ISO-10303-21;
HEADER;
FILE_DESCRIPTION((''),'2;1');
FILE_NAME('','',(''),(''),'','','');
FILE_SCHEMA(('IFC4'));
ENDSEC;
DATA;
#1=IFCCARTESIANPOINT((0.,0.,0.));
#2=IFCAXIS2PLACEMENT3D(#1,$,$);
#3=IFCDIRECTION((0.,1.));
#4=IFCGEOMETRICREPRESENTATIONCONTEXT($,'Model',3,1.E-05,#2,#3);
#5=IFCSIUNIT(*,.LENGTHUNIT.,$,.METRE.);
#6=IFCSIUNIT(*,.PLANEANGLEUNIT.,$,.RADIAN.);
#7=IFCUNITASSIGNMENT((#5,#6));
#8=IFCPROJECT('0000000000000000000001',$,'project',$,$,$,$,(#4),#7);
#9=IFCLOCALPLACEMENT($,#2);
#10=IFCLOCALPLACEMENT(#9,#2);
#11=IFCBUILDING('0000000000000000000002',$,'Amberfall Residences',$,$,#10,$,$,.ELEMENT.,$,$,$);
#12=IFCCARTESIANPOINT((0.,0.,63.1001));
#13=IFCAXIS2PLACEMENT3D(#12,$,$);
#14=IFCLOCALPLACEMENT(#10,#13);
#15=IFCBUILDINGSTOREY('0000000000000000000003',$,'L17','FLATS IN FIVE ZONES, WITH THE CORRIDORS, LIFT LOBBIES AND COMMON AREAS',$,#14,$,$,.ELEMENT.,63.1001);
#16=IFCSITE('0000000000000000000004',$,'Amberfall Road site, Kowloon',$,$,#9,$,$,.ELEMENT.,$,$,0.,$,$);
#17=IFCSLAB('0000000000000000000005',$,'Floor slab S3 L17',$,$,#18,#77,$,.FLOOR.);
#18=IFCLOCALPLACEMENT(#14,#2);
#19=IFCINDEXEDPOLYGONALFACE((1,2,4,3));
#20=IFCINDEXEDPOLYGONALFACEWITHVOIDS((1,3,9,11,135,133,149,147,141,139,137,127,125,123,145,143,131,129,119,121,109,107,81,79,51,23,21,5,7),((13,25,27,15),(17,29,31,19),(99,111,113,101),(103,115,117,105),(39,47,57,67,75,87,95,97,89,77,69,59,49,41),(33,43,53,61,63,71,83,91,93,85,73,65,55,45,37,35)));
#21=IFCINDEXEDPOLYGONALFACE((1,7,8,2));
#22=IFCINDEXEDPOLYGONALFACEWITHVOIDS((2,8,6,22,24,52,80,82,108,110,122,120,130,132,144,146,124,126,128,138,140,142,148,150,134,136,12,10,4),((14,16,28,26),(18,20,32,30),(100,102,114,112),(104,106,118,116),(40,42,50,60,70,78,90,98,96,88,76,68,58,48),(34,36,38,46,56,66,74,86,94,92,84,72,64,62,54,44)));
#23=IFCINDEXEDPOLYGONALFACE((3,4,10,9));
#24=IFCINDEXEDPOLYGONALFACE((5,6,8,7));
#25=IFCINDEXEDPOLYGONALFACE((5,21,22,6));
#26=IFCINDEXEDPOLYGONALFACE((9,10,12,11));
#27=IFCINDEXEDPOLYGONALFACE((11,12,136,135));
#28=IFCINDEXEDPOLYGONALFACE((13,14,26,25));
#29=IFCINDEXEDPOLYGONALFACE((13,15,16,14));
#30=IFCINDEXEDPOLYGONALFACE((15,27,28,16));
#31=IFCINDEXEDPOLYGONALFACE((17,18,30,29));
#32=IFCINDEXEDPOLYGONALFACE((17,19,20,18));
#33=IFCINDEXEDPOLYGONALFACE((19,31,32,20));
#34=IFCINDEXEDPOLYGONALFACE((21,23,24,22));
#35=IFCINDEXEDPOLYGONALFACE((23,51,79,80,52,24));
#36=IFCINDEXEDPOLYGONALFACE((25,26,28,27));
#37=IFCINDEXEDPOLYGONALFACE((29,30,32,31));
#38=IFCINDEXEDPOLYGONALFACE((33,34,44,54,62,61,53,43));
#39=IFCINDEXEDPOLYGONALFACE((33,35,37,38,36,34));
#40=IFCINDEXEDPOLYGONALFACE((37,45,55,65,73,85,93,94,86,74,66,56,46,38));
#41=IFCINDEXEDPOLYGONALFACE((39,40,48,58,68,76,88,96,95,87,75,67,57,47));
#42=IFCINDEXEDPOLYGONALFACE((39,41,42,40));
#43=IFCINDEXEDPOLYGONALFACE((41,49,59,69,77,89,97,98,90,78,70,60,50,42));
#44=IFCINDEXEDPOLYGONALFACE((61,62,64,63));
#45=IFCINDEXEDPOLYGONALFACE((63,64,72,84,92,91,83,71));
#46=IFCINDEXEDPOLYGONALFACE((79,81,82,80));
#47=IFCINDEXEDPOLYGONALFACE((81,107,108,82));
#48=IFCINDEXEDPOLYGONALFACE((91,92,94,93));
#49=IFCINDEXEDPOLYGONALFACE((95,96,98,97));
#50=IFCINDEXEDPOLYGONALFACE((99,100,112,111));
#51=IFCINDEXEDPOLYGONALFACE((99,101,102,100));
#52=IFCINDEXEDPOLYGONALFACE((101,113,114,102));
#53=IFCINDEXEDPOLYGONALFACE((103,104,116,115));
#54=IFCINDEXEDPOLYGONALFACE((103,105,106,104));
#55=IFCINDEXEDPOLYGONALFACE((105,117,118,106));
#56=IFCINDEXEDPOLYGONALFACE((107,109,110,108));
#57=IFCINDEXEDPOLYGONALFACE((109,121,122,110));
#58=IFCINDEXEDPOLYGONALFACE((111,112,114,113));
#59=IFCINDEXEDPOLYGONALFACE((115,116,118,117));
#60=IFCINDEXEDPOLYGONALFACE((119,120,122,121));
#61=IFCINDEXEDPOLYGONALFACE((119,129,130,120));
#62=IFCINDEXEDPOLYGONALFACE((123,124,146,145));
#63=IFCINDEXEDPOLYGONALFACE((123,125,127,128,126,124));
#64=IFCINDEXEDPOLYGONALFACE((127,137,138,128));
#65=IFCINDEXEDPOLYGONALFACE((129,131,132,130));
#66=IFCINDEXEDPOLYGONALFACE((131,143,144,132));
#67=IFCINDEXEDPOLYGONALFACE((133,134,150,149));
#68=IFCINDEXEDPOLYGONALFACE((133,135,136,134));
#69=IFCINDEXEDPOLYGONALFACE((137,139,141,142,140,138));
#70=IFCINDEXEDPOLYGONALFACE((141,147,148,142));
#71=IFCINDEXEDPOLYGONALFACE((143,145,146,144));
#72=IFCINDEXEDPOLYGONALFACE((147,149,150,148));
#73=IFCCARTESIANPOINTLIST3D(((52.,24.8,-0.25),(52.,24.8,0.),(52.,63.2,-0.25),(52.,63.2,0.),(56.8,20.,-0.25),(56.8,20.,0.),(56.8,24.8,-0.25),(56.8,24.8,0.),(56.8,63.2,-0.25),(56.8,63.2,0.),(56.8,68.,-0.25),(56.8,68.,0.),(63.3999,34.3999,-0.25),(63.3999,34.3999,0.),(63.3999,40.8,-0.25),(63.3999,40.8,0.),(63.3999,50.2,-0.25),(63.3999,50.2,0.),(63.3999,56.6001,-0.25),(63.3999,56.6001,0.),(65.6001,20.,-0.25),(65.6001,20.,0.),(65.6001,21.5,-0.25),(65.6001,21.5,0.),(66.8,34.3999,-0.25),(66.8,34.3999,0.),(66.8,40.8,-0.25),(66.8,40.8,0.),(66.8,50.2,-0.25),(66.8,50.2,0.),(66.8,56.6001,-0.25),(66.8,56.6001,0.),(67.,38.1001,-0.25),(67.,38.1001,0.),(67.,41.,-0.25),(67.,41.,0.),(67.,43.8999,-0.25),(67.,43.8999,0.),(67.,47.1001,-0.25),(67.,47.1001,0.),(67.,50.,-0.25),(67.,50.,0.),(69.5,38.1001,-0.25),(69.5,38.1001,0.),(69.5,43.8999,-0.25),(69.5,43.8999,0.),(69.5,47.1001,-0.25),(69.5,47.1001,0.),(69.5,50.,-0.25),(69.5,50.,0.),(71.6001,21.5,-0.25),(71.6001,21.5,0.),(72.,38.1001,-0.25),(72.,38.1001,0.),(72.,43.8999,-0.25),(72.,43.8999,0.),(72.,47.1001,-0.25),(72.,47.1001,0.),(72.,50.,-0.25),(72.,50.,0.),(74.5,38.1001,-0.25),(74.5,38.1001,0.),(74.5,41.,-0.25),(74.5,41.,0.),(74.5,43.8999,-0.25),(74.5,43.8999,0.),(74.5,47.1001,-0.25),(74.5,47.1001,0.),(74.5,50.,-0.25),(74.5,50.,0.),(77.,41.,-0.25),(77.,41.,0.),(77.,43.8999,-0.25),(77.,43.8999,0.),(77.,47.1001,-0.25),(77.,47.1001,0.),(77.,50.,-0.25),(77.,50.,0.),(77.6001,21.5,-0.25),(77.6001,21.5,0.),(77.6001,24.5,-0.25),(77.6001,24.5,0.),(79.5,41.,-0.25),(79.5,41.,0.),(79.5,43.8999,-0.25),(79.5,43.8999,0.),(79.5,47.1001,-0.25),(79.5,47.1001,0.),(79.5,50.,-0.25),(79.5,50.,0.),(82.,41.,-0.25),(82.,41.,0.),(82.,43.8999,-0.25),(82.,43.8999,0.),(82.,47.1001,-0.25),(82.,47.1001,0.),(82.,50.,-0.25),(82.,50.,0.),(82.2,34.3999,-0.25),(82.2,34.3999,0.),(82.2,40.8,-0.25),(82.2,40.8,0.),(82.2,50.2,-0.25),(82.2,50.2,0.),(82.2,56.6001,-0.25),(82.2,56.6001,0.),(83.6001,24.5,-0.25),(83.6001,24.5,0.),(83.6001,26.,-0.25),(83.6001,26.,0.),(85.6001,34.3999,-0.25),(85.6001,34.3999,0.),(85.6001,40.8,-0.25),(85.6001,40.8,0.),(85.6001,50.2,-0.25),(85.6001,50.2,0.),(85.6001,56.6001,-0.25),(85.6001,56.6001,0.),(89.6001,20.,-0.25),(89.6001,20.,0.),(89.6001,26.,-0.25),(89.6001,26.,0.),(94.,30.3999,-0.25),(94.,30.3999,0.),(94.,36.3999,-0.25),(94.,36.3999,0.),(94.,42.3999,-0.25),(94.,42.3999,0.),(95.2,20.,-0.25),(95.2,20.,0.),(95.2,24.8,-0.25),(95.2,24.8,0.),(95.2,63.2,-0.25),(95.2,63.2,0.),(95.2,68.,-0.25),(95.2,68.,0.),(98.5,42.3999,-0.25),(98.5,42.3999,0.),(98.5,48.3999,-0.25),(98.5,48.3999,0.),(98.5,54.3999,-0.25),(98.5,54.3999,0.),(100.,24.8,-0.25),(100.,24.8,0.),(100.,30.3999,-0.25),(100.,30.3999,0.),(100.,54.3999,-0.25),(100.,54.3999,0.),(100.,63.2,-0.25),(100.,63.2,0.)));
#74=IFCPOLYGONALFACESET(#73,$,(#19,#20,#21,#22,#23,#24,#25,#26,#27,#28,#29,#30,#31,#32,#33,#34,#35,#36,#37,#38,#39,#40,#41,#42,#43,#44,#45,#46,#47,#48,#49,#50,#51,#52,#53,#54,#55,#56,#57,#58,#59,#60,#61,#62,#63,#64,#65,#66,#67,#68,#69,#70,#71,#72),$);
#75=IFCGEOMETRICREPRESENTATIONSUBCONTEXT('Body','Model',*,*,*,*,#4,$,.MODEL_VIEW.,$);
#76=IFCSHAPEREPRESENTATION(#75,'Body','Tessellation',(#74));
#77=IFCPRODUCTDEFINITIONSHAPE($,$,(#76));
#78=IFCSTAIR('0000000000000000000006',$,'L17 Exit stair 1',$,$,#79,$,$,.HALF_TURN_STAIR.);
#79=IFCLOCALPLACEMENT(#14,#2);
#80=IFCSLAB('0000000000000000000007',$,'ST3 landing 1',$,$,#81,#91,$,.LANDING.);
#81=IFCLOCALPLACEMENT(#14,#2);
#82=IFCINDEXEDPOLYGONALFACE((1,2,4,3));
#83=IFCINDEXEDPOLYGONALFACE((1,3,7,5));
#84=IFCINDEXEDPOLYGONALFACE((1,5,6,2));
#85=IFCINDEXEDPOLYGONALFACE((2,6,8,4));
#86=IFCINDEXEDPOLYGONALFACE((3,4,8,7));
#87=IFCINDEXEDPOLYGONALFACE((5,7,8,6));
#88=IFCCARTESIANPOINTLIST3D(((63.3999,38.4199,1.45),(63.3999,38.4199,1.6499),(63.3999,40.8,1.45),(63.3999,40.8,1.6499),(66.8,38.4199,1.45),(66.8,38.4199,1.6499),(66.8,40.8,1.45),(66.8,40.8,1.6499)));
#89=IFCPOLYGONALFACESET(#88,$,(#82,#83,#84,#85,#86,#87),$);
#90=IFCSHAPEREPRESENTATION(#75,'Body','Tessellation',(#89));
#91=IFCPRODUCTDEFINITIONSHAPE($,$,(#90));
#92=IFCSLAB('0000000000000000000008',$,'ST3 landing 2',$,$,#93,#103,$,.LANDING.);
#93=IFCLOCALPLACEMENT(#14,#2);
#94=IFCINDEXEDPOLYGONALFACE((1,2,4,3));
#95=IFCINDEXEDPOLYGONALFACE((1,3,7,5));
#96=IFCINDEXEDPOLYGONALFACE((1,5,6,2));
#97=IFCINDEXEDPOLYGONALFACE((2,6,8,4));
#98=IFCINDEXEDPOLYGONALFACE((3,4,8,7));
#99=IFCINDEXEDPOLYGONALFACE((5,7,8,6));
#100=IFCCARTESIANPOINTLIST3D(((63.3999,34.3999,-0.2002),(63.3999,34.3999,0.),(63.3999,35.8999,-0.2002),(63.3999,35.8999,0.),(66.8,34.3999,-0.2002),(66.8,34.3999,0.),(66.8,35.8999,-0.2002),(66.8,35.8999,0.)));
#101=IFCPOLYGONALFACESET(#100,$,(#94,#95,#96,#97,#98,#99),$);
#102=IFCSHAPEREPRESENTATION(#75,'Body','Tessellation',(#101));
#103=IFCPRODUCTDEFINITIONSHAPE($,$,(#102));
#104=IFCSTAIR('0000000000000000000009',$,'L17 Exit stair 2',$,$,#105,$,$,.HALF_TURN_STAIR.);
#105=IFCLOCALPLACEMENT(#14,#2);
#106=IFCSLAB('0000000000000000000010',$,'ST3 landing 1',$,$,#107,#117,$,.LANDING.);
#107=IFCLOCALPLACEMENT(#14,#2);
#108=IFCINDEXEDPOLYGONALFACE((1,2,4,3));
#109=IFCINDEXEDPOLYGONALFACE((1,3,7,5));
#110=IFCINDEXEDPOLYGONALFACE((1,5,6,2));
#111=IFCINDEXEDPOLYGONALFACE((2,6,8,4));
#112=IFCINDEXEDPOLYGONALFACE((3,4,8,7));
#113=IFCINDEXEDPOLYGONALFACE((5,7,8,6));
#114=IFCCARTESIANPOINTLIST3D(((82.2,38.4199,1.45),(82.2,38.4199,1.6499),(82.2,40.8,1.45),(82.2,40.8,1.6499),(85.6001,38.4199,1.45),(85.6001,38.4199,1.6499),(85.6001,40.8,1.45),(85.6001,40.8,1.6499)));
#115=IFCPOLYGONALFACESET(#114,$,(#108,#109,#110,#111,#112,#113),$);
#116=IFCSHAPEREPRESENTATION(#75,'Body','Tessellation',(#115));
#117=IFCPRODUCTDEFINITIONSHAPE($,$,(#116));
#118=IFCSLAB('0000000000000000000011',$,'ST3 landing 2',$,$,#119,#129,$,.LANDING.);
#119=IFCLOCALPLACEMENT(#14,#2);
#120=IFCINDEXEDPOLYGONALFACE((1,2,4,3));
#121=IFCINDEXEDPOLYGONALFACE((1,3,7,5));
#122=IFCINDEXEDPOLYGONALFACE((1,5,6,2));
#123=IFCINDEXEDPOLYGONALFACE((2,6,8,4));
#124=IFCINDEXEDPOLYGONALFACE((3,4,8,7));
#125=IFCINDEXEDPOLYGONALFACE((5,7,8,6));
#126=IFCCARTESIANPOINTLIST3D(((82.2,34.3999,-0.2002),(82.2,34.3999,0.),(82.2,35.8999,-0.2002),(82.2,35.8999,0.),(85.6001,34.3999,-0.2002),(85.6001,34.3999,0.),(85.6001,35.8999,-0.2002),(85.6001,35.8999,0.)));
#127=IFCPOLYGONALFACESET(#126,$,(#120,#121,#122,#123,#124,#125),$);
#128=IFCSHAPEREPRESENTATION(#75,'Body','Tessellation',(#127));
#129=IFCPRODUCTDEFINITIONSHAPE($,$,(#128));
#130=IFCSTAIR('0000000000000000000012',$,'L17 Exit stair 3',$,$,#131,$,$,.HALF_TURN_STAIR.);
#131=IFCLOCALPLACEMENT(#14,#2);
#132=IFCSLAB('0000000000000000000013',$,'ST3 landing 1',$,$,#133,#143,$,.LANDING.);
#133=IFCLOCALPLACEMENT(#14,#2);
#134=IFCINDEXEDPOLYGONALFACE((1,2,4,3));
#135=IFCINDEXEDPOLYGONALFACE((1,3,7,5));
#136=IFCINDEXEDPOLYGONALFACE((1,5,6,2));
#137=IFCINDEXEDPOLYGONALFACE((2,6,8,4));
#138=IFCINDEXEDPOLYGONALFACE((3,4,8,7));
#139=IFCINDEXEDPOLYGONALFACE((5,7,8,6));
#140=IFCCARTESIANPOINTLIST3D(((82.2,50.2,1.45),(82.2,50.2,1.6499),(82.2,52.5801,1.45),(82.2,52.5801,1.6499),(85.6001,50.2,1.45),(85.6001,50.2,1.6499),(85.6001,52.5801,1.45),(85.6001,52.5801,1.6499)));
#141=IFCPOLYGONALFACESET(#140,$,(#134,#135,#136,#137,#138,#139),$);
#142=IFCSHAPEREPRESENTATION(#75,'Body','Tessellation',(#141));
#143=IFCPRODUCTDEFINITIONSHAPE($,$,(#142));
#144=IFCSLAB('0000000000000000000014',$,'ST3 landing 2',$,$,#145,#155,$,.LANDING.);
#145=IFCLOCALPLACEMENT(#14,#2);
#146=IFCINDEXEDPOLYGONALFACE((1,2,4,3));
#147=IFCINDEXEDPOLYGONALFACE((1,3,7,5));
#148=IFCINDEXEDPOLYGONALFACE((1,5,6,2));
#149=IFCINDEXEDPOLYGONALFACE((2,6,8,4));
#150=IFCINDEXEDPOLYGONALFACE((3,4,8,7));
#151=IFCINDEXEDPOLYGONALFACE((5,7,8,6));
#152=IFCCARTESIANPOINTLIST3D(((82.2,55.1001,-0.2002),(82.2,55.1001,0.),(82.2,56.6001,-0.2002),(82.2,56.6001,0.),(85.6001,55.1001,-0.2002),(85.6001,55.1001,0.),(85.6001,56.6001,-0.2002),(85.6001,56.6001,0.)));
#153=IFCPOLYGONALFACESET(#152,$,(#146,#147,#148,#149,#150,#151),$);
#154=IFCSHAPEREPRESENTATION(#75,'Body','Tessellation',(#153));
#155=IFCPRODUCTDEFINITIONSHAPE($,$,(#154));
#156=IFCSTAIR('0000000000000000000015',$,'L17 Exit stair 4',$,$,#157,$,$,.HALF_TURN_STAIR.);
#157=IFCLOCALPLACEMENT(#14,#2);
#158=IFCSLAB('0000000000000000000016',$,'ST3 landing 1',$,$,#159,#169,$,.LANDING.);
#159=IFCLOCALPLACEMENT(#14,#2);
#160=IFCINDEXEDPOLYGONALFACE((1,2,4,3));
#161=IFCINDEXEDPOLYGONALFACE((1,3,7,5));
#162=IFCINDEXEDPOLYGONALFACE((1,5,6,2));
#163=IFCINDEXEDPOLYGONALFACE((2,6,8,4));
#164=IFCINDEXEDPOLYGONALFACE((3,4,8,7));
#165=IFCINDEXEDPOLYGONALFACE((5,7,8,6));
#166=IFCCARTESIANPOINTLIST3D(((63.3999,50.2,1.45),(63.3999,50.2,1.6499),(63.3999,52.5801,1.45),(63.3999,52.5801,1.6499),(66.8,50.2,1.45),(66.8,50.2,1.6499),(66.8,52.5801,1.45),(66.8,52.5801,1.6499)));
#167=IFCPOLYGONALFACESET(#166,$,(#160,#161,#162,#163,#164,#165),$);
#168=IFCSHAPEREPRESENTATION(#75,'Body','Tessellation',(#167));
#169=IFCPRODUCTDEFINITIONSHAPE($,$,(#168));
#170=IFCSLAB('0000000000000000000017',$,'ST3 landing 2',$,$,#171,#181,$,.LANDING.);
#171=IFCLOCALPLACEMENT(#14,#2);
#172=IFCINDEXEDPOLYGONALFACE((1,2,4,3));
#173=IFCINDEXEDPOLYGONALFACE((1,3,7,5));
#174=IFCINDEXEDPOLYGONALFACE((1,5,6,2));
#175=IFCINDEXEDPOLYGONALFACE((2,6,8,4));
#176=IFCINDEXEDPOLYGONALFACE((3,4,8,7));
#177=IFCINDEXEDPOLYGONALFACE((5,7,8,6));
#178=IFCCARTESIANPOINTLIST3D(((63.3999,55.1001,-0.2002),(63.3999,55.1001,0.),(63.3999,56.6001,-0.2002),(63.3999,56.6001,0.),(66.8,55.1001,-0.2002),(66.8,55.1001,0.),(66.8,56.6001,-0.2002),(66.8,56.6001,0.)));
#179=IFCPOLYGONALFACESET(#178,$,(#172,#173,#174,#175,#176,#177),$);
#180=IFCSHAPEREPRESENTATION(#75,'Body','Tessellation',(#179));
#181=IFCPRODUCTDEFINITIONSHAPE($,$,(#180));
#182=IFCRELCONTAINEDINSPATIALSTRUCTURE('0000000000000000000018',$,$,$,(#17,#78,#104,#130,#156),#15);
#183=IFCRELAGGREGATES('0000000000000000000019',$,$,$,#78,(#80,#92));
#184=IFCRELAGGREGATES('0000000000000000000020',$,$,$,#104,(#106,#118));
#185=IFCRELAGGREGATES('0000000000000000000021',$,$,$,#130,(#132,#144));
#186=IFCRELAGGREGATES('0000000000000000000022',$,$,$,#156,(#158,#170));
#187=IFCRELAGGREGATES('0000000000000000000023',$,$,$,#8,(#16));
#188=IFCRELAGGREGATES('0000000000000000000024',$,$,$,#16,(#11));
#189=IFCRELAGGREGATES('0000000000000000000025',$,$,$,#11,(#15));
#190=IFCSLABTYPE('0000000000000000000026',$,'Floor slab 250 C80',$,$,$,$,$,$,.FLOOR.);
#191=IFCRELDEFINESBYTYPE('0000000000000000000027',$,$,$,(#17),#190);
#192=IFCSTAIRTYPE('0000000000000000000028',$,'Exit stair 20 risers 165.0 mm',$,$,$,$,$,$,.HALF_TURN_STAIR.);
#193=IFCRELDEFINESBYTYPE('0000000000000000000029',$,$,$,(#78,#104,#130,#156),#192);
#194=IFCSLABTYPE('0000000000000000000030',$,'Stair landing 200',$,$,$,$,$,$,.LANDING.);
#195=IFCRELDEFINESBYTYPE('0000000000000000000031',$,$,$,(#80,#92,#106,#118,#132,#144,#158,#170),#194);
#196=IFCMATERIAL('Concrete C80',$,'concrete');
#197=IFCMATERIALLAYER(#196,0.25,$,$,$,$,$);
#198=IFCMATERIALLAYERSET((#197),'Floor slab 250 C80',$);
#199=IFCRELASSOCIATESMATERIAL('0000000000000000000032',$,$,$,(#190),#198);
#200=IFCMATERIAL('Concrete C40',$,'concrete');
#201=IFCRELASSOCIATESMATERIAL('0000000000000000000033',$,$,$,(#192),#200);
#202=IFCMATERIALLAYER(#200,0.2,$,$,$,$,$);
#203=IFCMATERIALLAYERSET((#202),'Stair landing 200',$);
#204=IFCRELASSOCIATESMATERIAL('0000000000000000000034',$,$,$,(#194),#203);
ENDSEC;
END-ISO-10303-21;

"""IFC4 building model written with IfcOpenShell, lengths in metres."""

from ifc_helpers import new_model, si_unit, direction, frame, origin, place, context, subcontext, project, spatial, polyline, outline, extrude, material, layer, layer_set, type_object, element, aggregate, save


model = new_model("IFC4")

# Units and contexts
model_context = context("Model", 3, precision=1e-05, world=origin(), true_north=direction((0.0, 1.0)))
body_context = subcontext(model_context, "Body", "Model", "MODEL_VIEW")
ifc_project = project(units=[si_unit("LENGTHUNIT", "METRE"), si_unit("PLANEANGLEUNIT", "RADIAN")], contexts=[model_context])

# Site, building, storey
site_placement = place(None, origin())
site = spatial("IfcSite", under=ifc_project, at=site_placement, Name="Amberfall Road site, Kowloon", CompositionType="ELEMENT", RefElevation=0.0)
building_placement = place(site_placement, origin())
building = spatial("IfcBuilding", under=site, at=building_placement, Name="Amberfall Residences", CompositionType="ELEMENT")
storey_placement = place(building_placement, frame((0.0, 0.0, 63.1001)))
storey = spatial("IfcBuildingStorey", under=building, at=storey_placement, Name="L17", Description="FLATS IN FIVE ZONES, WITH THE CORRIDORS, LIFT LOBBIES AND COMMON AREAS", CompositionType="ELEMENT", Elevation=63.1001)

# Slab
ifc_material_1 = material(Name="Concrete C80", Category="concrete")
ifc_layer_1 = layer(ifc_material_1, 0.25)
ifc_layer_set_1 = layer_set([ifc_layer_1], Name="Floor slab 250 C80")
slab_type_1 = type_object("IfcSlabType", Name="Floor slab 250 C80", PredefinedType="FLOOR", material=ifc_layer_set_1)
slab_1_placement = place(storey_placement, frame((0.0, 0.0, -0.25)))
element("IfcSlab", 1, at=slab_1_placement, inside=storey, type_object=slab_type_1, Name="Floor slab S3 L17", PredefinedType="FLOOR", context=body_context, shape_type="SweptSolid", body=[
    extrude(outline(polyline([(89.6001, 20.0), (89.6001, 26.0), (83.6001, 26.0), (83.6001, 24.5), (77.6001, 24.5), (77.6001, 21.5), (71.6001, 21.5), (65.6001, 21.5), (65.6001, 20.0), (56.8, 20.0), (56.8, 24.8), (52.0, 24.8), (52.0, 63.2), (56.8, 63.2), (56.8, 68.0), (95.2, 68.0), (95.2, 63.2), (100.0, 63.2), (100.0, 54.3999), (98.5, 54.3999), (98.5, 48.3999), (98.5, 42.3999), (94.0, 42.3999), (94.0, 36.3999), (94.0, 30.3999), (100.0, 30.3999), (100.0, 24.8), (95.2, 24.8), (95.2, 20.0), (89.6001, 20.0)]), holes=[polyline([(85.6001, 34.3999), (85.6001, 40.8), (82.2, 40.8), (82.2, 34.3999), (85.6001, 34.3999)]), polyline([(82.2, 50.2), (85.6001, 50.2), (85.6001, 56.6001), (82.2, 56.6001), (82.2, 50.2)]), polyline([(69.5, 50.0), (67.0, 50.0), (67.0, 47.1001), (69.5, 47.1001), (72.0, 47.1001), (74.5, 47.1001), (77.0, 47.1001), (79.5, 47.1001), (82.0, 47.1001), (82.0, 50.0), (79.5, 50.0), (77.0, 50.0), (74.5, 50.0), (72.0, 50.0), (69.5, 50.0)]), polyline([(74.5, 41.0), (77.0, 41.0), (79.5, 41.0), (82.0, 41.0), (82.0, 43.8999), (79.5, 43.8999), (77.0, 43.8999), (74.5, 43.8999), (72.0, 43.8999), (69.5, 43.8999), (67.0, 43.8999), (67.0, 41.0), (67.0, 38.1001), (69.5, 38.1001), (72.0, 38.1001), (74.5, 38.1001), (74.5, 41.0)]), polyline([(66.8, 34.3999), (66.8, 40.8), (63.3999, 40.8), (63.3999, 34.3999), (66.8, 34.3999)]), polyline([(66.8, 50.2), (66.8, 56.6001), (63.3999, 56.6001), (63.3999, 50.2), (66.8, 50.2)])]), origin(), (0.0, 0.0, 1.0), 0.25),
])

# Stairs, slabs
ifc_material_2 = material(Name="Concrete C40", Category="concrete")
stair_type = type_object("IfcStairType", Name="Exit stair 20 risers 165.0 mm", PredefinedType="HALF_TURN_STAIR", material=ifc_material_2)
stair_1_placement = place(storey_placement, origin())
stair_1 = element("IfcStair", 2, at=stair_1_placement, inside=storey, type_object=stair_type, Name="L17 Exit stair 1", PredefinedType="HALF_TURN_STAIR")
ifc_layer_2 = layer(ifc_material_2, 0.2)
ifc_layer_set_2 = layer_set([ifc_layer_2], Name="Stair landing 200")
slab_type_2 = type_object("IfcSlabType", Name="Stair landing 200", PredefinedType="LANDING", material=ifc_layer_set_2)
slab_2_placement = place(storey_placement, frame((0.0, 0.0, 1.45)))
slab_2 = element("IfcSlab", 3, at=slab_2_placement, type_object=slab_type_2, Name="ST3 landing 1", PredefinedType="LANDING", context=body_context, shape_type="SweptSolid", body=[
    extrude(outline(polyline([(66.8, 38.4199), (66.8, 40.8), (63.3999, 40.8), (63.3999, 38.4199), (66.8, 38.4199)])), origin(), (0.0, 0.0, 1.0), 0.2),
])
slab_3_placement = place(storey_placement, frame((0.0, 0.0, -0.2002)))
slab_3 = element("IfcSlab", 4, at=slab_3_placement, type_object=slab_type_2, Name="ST3 landing 2", PredefinedType="LANDING", context=body_context, shape_type="SweptSolid", body=[
    extrude(outline(polyline([(66.8, 34.3999), (66.8, 35.8999), (63.3999, 35.8999), (63.3999, 34.3999), (66.8, 34.3999)])), origin(), (0.0, 0.0, 1.0), 0.2002),
])
aggregate(stair_1, [slab_2, slab_3])
stair_2_placement = place(storey_placement, origin())
stair_2 = element("IfcStair", 5, at=stair_2_placement, inside=storey, type_object=stair_type, Name="L17 Exit stair 2", PredefinedType="HALF_TURN_STAIR")
slab_4_placement = place(storey_placement, frame((0.0, 0.0, 1.45)))
slab_4 = element("IfcSlab", 6, at=slab_4_placement, type_object=slab_type_2, Name="ST3 landing 1", PredefinedType="LANDING", context=body_context, shape_type="SweptSolid", body=[
    extrude(outline(polyline([(85.6001, 38.4199), (85.6001, 40.8), (82.2, 40.8), (82.2, 38.4199), (85.6001, 38.4199)])), origin(), (0.0, 0.0, 1.0), 0.2),
])
slab_5_placement = place(storey_placement, frame((0.0, 0.0, -0.2002)))
slab_5 = element("IfcSlab", 7, at=slab_5_placement, type_object=slab_type_2, Name="ST3 landing 2", PredefinedType="LANDING", context=body_context, shape_type="SweptSolid", body=[
    extrude(outline(polyline([(85.6001, 34.3999), (85.6001, 35.8999), (82.2, 35.8999), (82.2, 34.3999), (85.6001, 34.3999)])), origin(), (0.0, 0.0, 1.0), 0.2002),
])
aggregate(stair_2, [slab_4, slab_5])
stair_3_placement = place(storey_placement, origin())
stair_3 = element("IfcStair", 8, at=stair_3_placement, inside=storey, type_object=stair_type, Name="L17 Exit stair 3", PredefinedType="HALF_TURN_STAIR")
slab_6_placement = place(storey_placement, frame((0.0, 0.0, 1.45)))
slab_6 = element("IfcSlab", 9, at=slab_6_placement, type_object=slab_type_2, Name="ST3 landing 1", PredefinedType="LANDING", context=body_context, shape_type="SweptSolid", body=[
    extrude(outline(polyline([(82.2, 52.5801), (82.2, 50.2), (85.6001, 50.2), (85.6001, 52.5801), (82.2, 52.5801)])), origin(), (0.0, 0.0, 1.0), 0.2),
])
slab_7_placement = place(storey_placement, frame((0.0, 0.0, -0.2002)))
slab_7 = element("IfcSlab", 10, at=slab_7_placement, type_object=slab_type_2, Name="ST3 landing 2", PredefinedType="LANDING", context=body_context, shape_type="SweptSolid", body=[
    extrude(outline(polyline([(82.2, 56.6001), (82.2, 55.1001), (85.6001, 55.1001), (85.6001, 56.6001), (82.2, 56.6001)])), origin(), (0.0, 0.0, 1.0), 0.2002),
])
aggregate(stair_3, [slab_6, slab_7])
stair_4_placement = place(storey_placement, origin())
stair_4 = element("IfcStair", 11, at=stair_4_placement, inside=storey, type_object=stair_type, Name="L17 Exit stair 4", PredefinedType="HALF_TURN_STAIR")
slab_8_placement = place(storey_placement, frame((0.0, 0.0, 1.45)))
slab_8 = element("IfcSlab", 12, at=slab_8_placement, type_object=slab_type_2, Name="ST3 landing 1", PredefinedType="LANDING", context=body_context, shape_type="SweptSolid", body=[
    extrude(outline(polyline([(63.3999, 52.5801), (63.3999, 50.2), (66.8, 50.2), (66.8, 52.5801), (63.3999, 52.5801)])), origin(), (0.0, 0.0, 1.0), 0.2),
])
slab_9_placement = place(storey_placement, frame((0.0, 0.0, -0.2002)))
slab_9 = element("IfcSlab", 13, at=slab_9_placement, type_object=slab_type_2, Name="ST3 landing 2", PredefinedType="LANDING", context=body_context, shape_type="SweptSolid", body=[
    extrude(outline(polyline([(63.3999, 56.6001), (63.3999, 55.1001), (66.8, 55.1001), (66.8, 56.6001), (63.3999, 56.6001)])), origin(), (0.0, 0.0, 1.0), 0.2002),
])
aggregate(stair_4, [slab_8, slab_9])

save(model, "model.ifc")
